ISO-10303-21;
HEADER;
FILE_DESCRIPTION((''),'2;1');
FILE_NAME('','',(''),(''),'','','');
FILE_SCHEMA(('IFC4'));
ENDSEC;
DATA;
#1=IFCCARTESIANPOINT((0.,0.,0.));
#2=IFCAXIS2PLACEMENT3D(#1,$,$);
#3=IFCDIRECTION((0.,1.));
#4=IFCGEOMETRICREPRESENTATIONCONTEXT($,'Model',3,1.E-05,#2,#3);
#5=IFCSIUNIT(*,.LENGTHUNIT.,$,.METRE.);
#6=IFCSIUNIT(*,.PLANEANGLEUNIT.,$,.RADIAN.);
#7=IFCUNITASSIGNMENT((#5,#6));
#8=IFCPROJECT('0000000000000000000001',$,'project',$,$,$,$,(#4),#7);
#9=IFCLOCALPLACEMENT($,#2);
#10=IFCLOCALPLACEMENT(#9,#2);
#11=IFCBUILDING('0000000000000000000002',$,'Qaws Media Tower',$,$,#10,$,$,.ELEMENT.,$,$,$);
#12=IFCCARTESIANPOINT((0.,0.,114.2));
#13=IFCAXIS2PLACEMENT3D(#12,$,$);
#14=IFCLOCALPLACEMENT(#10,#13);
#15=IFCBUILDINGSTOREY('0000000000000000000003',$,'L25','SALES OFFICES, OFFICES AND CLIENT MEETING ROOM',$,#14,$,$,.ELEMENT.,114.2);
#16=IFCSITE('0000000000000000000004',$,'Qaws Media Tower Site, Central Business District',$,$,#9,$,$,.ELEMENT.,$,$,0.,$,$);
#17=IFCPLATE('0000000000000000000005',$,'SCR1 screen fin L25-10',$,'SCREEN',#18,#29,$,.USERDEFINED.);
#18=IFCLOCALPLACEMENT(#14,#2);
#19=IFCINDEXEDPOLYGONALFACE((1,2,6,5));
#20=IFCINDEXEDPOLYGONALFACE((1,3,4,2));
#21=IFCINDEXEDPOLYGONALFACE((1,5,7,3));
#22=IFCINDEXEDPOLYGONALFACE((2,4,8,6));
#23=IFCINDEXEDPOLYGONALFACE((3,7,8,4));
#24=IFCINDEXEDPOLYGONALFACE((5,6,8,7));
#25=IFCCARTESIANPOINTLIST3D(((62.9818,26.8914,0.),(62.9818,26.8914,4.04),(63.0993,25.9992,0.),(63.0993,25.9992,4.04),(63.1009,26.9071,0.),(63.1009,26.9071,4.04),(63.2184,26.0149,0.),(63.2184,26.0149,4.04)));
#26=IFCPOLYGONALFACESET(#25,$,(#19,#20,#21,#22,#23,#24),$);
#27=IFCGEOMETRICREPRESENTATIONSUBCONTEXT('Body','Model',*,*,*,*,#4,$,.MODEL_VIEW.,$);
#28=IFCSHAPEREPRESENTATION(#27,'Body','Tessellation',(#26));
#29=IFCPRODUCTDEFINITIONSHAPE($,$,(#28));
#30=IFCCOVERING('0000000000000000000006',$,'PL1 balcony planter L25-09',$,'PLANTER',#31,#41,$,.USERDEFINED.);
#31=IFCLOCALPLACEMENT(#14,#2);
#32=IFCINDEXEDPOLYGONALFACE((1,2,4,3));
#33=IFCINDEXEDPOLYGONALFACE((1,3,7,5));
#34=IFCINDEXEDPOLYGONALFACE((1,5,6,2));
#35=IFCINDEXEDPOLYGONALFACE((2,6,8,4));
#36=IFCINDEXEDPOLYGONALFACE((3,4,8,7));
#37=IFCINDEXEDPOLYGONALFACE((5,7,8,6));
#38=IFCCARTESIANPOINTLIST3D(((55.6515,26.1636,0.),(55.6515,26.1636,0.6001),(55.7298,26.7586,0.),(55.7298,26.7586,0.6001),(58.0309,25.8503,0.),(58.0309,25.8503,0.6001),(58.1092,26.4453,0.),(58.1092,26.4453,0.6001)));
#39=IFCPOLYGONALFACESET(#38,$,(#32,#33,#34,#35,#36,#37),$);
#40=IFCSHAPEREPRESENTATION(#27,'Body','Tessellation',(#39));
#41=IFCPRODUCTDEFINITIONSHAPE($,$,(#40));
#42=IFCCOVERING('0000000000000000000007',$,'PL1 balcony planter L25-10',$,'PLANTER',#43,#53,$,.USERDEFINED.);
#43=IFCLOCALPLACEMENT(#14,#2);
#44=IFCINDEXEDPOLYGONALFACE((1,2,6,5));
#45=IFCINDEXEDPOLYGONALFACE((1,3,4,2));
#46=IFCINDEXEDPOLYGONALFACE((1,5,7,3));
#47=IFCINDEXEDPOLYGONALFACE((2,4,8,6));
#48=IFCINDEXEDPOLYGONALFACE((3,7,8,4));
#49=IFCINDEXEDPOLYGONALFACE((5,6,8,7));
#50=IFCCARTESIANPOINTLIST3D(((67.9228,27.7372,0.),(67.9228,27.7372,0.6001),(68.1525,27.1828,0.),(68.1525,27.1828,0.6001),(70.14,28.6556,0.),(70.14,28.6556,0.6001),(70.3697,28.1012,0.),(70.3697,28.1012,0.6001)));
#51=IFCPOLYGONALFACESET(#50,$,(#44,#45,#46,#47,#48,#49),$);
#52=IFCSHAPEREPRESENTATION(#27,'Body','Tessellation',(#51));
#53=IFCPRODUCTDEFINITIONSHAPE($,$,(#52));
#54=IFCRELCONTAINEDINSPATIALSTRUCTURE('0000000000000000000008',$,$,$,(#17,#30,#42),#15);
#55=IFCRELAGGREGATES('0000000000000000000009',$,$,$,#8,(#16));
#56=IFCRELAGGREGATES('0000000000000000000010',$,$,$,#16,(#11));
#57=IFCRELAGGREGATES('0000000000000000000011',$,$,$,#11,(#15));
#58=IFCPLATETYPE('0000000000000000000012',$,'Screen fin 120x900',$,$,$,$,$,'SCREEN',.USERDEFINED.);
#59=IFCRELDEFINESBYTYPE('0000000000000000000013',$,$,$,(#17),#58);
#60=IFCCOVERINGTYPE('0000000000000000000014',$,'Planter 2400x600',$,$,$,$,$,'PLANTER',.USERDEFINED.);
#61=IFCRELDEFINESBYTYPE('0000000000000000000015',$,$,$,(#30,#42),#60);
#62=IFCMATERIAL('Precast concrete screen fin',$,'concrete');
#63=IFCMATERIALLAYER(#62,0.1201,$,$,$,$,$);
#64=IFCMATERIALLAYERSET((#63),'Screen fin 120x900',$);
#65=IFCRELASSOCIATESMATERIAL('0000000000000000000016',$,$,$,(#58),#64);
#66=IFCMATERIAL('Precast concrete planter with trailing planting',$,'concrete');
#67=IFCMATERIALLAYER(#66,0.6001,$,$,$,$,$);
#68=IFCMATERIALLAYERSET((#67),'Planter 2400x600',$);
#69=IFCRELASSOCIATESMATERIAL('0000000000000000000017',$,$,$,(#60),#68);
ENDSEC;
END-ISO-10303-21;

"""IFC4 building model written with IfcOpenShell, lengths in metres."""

from ifc_helpers import new_model, si_unit, direction, frame, origin, origin_2d, place, context, subcontext, project, spatial, rectangle, extrude, material, layer, layer_set, type_object, element, save


model = new_model("IFC4")

# Units and contexts
model_context = context("Model", 3, precision=1e-05, world=origin(), true_north=direction((0.0, 1.0)))
body_context = subcontext(model_context, "Body", "Model", "MODEL_VIEW")
ifc_project = project(units=[si_unit("LENGTHUNIT", "METRE"), si_unit("PLANEANGLEUNIT", "RADIAN")], contexts=[model_context])

# Site, building, storey
site_placement = place(None, origin())
site = spatial("IfcSite", under=ifc_project, at=site_placement, Name="Qaws Media Tower Site, Central Business District", CompositionType="ELEMENT", RefElevation=0.0)
building_placement = place(site_placement, origin())
building = spatial("IfcBuilding", under=site, at=building_placement, Name="Qaws Media Tower", CompositionType="ELEMENT")
storey_placement = place(building_placement, frame((0.0, 0.0, 114.2)))
storey = spatial("IfcBuildingStorey", under=building, at=storey_placement, Name="L25", Description="SALES OFFICES, OFFICES AND CLIENT MEETING ROOM", CompositionType="ELEMENT", Elevation=114.2)

# Plate
ifc_material_1 = material(Name="Precast concrete screen fin", Category="concrete")
ifc_layer_1 = layer(ifc_material_1, 0.1201)
ifc_layer_set_1 = layer_set([ifc_layer_1], Name="Screen fin 120x900")
plate_type_1 = type_object("IfcPlateType", Name="Screen fin 120x900", ElementType="SCREEN", PredefinedType="USERDEFINED", material=ifc_layer_set_1)
plate_1_placement = place(storey_placement, frame((63.1001, 26.4531, 0.0), z_axis=(0.0, 0.0, 1.0), x_axis=(0.130526, -0.991445, 0.0)))
element("IfcPlate", 1, at=plate_1_placement, inside=storey, type_object=plate_type_1, Name="SCR1 screen fin L25-10", ObjectType="SCREEN", PredefinedType="USERDEFINED", context=body_context, shape_type="SweptSolid", body=[
    extrude(rectangle(XDim=0.8999, YDim=0.1201, at=origin_2d()), origin(), (0.0, 0.0, 1.0), 4.04),
])

# Coverings
ifc_material_2 = material(Name="Precast concrete planter with trailing planting", Category="concrete")
ifc_layer_2 = layer(ifc_material_2, 0.6001)
ifc_layer_set_2 = layer_set([ifc_layer_2], Name="Planter 2400x600")
covering_type = type_object("IfcCoveringType", Name="Planter 2400x600", ElementType="PLANTER", PredefinedType="USERDEFINED", material=ifc_layer_set_2)
for number, where, z_axis, x_axis, name in (
    (2, (56.8804, 26.3044, 0.0), (0.0, 0.0, 1.0), (0.991445, -0.130526, 0.0), "PL1 balcony planter L25-09"),
    (3, (69.1462, 27.9192, 0.0), (0.0, 0.0, 1.0), (0.92388, 0.382683, 0.0), "PL1 balcony planter L25-10"),
):
    element("IfcCovering", number, at=place(storey_placement, frame(where, z_axis=z_axis, x_axis=x_axis)), inside=storey, type_object=covering_type, Name=name, ObjectType="PLANTER", PredefinedType="USERDEFINED", context=body_context, shape_type="SweptSolid", body=[
        extrude(rectangle(XDim=2.3999, YDim=0.6001, at=origin_2d()), origin(), (0.0, 0.0, 1.0), 0.6001),
    ])

save(model, "model.ifc")
